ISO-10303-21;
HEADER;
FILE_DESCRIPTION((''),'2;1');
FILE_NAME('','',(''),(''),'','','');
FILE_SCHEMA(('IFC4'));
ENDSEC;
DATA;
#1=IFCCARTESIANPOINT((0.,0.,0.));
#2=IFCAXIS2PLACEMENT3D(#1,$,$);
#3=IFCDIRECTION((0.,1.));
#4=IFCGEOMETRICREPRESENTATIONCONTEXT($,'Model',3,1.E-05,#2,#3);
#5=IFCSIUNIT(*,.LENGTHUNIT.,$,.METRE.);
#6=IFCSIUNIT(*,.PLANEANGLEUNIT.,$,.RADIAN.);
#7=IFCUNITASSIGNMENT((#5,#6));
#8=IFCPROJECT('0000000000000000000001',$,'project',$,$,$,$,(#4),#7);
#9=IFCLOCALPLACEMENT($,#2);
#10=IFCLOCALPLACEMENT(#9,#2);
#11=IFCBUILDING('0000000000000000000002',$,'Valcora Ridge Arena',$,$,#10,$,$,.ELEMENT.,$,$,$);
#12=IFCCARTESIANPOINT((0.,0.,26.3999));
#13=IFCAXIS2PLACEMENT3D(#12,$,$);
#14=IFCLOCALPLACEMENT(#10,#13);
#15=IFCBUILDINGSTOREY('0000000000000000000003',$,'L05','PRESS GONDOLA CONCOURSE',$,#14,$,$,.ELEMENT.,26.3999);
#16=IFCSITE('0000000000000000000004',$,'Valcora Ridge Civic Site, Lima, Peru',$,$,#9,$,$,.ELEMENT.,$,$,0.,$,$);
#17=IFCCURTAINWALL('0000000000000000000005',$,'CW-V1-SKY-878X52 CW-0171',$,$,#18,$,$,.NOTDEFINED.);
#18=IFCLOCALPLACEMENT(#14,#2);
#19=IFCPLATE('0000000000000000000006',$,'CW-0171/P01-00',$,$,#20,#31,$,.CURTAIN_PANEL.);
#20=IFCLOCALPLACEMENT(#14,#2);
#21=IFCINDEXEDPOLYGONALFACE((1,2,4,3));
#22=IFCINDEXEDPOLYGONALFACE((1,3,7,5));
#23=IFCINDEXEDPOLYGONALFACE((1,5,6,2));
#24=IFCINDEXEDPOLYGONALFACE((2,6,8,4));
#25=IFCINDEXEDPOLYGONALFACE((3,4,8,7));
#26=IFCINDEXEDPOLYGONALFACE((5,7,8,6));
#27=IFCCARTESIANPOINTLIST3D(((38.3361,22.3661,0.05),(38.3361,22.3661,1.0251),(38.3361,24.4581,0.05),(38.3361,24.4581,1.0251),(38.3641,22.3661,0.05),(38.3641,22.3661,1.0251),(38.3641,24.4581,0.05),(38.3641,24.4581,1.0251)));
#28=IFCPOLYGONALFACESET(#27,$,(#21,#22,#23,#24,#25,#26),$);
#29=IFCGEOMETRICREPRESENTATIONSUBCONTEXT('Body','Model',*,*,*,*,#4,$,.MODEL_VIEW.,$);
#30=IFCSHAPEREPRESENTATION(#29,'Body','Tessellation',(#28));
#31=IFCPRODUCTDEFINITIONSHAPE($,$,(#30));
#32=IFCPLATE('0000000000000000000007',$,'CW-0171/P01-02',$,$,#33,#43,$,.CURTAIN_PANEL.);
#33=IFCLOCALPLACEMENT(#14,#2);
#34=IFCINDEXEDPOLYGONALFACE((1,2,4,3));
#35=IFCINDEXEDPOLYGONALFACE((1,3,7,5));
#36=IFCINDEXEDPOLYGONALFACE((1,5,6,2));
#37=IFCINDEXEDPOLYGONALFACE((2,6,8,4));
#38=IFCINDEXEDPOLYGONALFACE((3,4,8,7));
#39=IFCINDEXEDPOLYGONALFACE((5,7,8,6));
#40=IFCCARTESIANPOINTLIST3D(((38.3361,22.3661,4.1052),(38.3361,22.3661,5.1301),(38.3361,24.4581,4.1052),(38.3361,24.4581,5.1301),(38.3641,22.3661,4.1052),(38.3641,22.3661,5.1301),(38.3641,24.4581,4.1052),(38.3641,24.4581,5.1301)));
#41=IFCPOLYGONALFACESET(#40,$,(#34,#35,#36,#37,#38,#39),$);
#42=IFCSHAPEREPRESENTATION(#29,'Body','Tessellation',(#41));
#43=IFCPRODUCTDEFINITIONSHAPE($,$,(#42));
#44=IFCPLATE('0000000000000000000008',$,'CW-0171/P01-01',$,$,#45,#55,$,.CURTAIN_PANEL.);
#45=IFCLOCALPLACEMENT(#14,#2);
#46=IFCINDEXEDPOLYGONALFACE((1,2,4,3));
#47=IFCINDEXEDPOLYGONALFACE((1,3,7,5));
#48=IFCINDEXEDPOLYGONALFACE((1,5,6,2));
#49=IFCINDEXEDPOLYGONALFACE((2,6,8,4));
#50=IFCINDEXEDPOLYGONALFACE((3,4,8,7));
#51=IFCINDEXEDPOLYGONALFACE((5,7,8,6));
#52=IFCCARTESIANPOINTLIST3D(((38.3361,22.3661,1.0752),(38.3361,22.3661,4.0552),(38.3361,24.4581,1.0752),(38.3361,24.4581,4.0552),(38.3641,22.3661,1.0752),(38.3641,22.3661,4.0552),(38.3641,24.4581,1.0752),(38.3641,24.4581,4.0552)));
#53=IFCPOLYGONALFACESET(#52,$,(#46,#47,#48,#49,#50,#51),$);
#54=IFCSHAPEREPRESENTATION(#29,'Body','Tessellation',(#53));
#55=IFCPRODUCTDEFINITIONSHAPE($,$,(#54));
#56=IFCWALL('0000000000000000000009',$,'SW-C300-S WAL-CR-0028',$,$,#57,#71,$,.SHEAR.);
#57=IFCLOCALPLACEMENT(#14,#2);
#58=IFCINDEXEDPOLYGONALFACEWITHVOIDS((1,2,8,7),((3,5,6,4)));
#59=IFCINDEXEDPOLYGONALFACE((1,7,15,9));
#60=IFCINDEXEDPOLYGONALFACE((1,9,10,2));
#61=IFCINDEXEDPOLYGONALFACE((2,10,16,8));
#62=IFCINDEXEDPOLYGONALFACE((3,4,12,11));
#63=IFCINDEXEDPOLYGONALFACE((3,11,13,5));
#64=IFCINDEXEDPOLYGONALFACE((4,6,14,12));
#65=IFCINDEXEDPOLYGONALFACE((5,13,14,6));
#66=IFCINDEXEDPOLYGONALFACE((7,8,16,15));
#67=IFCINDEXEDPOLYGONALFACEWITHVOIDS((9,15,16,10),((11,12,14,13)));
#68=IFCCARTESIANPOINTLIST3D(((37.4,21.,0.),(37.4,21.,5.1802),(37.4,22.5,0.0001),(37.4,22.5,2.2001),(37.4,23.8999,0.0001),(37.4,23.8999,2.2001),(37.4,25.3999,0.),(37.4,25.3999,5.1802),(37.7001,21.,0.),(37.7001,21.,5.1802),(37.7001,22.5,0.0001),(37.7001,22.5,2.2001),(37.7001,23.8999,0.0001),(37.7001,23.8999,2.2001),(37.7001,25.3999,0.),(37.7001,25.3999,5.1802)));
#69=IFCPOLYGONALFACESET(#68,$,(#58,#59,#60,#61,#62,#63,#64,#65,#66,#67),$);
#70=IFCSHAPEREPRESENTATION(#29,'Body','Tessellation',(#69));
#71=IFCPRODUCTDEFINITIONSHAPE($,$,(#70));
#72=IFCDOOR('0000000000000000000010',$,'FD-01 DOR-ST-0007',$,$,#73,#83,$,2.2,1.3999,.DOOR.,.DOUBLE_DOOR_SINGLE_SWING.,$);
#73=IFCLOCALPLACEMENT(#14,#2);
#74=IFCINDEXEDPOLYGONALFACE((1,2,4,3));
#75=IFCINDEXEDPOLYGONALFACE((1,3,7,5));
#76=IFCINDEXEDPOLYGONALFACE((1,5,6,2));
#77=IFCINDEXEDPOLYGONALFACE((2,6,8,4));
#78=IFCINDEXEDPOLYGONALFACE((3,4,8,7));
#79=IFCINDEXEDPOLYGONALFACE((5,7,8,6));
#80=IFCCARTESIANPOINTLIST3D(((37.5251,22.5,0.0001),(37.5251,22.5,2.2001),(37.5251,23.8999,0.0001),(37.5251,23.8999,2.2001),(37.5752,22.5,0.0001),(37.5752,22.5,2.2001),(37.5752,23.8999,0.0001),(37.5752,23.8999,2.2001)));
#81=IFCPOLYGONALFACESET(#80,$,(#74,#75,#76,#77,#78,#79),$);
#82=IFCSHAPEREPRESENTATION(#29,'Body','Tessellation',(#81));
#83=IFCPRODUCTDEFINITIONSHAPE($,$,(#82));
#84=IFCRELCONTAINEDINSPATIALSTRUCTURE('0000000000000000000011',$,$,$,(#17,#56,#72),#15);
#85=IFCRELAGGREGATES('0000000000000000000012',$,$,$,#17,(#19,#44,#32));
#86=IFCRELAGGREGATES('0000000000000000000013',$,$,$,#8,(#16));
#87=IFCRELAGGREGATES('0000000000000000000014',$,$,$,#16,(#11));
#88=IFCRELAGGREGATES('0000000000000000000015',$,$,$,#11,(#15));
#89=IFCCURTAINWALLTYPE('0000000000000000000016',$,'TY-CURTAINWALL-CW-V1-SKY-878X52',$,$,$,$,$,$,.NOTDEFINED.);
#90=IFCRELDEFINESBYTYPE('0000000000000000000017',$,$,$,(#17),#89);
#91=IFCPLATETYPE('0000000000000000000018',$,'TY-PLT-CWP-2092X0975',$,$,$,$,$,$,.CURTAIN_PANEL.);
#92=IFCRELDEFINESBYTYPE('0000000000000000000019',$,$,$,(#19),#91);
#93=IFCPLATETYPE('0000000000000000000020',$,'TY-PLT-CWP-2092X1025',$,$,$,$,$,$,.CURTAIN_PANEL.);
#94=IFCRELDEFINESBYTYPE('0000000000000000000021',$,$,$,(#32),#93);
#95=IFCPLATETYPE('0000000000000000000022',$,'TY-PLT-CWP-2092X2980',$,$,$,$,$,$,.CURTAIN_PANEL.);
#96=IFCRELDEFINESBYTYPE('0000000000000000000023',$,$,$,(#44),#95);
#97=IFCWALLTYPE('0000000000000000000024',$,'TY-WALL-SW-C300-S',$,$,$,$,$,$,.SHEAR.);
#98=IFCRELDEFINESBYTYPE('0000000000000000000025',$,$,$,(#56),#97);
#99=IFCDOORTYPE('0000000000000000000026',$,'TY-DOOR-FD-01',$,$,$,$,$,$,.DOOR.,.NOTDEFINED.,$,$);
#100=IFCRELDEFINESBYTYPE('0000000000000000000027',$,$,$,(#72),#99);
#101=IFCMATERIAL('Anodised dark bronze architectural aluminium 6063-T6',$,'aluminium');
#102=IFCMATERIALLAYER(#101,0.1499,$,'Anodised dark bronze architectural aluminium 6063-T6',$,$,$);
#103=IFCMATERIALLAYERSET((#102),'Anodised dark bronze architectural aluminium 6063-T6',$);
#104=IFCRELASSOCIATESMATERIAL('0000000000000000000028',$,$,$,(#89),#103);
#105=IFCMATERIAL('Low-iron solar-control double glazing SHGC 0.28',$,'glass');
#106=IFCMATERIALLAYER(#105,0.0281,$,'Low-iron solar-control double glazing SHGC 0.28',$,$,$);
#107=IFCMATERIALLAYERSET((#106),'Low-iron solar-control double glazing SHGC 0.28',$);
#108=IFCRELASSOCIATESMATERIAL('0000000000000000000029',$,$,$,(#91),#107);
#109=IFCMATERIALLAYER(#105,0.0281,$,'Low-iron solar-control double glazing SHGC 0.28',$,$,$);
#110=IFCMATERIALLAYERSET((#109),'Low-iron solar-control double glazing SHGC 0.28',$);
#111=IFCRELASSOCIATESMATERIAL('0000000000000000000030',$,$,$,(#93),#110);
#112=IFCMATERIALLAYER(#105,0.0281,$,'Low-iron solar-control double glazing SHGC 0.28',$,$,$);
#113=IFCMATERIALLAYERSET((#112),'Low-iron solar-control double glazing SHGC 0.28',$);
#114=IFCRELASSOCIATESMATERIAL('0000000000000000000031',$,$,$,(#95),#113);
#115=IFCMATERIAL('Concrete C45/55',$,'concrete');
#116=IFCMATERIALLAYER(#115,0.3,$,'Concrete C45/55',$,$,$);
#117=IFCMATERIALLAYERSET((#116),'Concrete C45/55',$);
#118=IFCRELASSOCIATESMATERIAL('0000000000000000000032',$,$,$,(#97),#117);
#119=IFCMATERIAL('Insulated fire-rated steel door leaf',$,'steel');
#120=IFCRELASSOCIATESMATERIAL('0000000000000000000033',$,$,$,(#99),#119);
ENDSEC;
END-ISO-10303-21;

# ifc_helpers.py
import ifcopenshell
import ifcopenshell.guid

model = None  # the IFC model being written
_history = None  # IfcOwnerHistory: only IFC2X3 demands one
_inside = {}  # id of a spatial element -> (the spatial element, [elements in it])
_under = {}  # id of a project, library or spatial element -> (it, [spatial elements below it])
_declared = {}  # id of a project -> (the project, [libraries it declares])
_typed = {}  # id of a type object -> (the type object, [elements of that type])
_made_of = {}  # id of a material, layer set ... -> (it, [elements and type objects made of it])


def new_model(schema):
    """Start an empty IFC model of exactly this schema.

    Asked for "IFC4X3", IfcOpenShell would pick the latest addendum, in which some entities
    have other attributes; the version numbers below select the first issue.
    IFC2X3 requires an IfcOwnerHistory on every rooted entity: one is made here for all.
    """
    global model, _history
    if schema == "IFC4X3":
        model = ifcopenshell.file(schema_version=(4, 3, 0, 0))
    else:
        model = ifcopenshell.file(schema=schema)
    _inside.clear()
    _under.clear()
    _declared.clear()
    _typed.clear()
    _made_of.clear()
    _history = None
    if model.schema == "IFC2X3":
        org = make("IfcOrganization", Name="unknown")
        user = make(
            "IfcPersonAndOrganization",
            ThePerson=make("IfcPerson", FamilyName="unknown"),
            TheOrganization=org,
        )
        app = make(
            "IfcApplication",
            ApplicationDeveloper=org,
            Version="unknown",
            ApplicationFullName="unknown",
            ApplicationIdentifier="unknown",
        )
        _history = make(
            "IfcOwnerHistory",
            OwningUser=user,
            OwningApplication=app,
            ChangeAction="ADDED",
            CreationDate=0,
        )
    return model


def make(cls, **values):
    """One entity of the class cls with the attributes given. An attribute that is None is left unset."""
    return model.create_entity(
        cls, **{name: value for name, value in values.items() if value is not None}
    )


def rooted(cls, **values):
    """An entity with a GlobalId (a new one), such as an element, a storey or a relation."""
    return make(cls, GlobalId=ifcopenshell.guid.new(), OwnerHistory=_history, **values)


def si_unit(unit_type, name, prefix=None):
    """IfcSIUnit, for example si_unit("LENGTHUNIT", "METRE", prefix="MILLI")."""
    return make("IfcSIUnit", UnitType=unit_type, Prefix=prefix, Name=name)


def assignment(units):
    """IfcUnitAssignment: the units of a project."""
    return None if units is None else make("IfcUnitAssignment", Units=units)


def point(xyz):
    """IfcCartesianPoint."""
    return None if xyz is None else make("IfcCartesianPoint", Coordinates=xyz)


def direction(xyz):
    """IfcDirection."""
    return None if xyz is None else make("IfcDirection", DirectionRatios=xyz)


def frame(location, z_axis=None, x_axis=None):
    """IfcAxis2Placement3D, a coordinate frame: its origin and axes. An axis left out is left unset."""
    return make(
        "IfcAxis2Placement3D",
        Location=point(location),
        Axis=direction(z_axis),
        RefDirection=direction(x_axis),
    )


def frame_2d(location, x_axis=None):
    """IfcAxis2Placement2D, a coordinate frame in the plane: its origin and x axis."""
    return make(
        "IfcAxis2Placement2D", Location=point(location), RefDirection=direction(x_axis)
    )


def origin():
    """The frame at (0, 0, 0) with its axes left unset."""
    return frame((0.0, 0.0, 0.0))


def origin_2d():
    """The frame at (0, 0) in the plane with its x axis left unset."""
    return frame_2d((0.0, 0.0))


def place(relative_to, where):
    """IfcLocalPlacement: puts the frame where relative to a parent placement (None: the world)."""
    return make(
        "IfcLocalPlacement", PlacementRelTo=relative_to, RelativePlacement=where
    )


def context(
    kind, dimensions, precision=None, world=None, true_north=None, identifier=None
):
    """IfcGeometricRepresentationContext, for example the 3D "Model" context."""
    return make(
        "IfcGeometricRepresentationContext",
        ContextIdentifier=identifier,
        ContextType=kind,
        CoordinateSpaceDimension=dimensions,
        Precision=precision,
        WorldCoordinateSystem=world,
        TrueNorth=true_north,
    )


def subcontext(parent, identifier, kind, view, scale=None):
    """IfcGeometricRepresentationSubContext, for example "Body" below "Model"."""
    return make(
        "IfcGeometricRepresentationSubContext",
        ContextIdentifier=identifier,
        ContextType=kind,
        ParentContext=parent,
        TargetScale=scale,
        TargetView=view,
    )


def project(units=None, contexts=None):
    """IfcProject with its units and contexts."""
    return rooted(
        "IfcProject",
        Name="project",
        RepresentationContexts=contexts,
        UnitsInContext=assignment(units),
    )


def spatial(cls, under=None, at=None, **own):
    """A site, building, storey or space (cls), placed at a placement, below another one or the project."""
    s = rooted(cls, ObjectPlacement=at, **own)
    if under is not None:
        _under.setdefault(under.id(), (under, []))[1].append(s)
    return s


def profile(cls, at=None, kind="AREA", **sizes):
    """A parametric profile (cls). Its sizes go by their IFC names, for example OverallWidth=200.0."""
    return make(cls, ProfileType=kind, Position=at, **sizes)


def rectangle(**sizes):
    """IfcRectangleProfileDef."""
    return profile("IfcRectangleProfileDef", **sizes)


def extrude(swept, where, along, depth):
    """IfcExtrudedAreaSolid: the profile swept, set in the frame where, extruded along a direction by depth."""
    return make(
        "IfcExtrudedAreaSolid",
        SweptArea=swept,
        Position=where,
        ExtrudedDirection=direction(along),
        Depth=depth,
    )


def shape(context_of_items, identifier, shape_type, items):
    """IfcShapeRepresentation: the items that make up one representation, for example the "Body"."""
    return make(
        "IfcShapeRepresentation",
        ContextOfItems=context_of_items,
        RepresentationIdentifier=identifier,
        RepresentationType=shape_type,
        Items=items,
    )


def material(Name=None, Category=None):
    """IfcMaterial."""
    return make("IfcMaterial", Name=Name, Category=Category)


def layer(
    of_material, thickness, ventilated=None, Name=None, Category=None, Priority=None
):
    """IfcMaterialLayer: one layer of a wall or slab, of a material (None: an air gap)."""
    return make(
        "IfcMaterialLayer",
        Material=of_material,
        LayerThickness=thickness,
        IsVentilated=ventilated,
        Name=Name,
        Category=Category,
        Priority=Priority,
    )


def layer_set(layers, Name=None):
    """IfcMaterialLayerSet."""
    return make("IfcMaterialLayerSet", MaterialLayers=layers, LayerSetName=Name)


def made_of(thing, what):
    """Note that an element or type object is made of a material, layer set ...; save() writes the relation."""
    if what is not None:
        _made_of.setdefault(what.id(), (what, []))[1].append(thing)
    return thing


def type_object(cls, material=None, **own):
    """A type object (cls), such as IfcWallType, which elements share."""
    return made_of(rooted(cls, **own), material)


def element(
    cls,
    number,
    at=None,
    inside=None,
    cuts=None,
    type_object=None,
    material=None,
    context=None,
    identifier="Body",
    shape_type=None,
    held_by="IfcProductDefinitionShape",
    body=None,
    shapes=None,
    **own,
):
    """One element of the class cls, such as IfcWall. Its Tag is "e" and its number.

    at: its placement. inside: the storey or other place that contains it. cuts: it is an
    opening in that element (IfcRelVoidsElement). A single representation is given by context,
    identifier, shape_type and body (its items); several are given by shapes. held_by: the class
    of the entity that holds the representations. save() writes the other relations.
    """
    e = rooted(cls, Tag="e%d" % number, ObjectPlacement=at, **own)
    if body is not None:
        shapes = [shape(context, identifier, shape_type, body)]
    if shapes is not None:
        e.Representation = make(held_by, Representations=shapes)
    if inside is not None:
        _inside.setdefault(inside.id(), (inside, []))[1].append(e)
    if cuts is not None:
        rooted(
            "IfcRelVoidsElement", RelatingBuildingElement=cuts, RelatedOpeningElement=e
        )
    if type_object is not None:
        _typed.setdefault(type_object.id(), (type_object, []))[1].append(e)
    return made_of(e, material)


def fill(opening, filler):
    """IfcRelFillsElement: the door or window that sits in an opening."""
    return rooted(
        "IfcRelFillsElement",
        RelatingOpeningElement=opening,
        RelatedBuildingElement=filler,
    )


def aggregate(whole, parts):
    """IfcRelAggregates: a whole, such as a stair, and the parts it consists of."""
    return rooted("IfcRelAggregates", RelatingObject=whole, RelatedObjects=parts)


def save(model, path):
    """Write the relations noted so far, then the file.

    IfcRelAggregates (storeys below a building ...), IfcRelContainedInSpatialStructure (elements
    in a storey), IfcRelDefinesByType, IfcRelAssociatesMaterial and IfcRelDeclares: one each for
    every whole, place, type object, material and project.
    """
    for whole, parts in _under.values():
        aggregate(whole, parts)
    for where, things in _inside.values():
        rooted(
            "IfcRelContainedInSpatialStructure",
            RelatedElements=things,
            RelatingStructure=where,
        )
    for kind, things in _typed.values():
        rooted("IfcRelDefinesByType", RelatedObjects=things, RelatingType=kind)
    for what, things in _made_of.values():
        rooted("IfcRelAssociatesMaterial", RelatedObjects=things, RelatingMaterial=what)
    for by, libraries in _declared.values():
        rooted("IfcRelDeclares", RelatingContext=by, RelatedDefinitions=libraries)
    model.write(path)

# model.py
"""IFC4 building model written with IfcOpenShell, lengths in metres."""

from ifc_helpers import new_model, si_unit, direction, frame, frame_2d, origin, origin_2d, place, context, subcontext, project, spatial, rectangle, extrude, material, layer, layer_set, type_object, element, fill, aggregate, save


model = new_model("IFC4")

# Units and contexts
model_context = context("Model", 3, precision=1e-05, world=origin(), true_north=direction((0.0, 1.0)))
body_context = subcontext(model_context, "Body", "Model", "MODEL_VIEW")
ifc_project = project(units=[si_unit("LENGTHUNIT", "METRE"), si_unit("PLANEANGLEUNIT", "RADIAN")], contexts=[model_context])

# Site, building, storey
site_placement = place(None, origin())
site = spatial("IfcSite", under=ifc_project, at=site_placement, Name="Valcora Ridge Civic Site, Lima, Peru", CompositionType="ELEMENT", RefElevation=0.0)
building_placement = place(site_placement, origin())
building = spatial("IfcBuilding", under=site, at=building_placement, Name="Valcora Ridge Arena", CompositionType="ELEMENT")
storey_placement = place(building_placement, frame((0.0, 0.0, 26.3999)))
storey = spatial("IfcBuildingStorey", under=building, at=storey_placement, Name="L05", Description="PRESS GONDOLA CONCOURSE", CompositionType="ELEMENT", Elevation=26.3999)

# Curtain wall
ifc_material_1 = material(Name="Anodised dark bronze architectural aluminium 6063-T6", Category="aluminium")
ifc_layer_1 = layer(ifc_material_1, 0.1499, Name="Anodised dark bronze architectural aluminium 6063-T6")
ifc_layer_set_1 = layer_set([ifc_layer_1], Name="Anodised dark bronze architectural aluminium 6063-T6")
curtain_wall_type = type_object("IfcCurtainWallType", Name="TY-CURTAINWALL-CW-V1-SKY-878X52", PredefinedType="NOTDEFINED", material=ifc_layer_set_1)
curtain_wall_placement = place(storey_placement, origin())
curtain_wall = element("IfcCurtainWall", 1, at=curtain_wall_placement, inside=storey, type_object=curtain_wall_type, Name="CW-V1-SKY-878X52 CW-0171", PredefinedType="NOTDEFINED")

# Plates
ifc_material_2 = material(Name="Low-iron solar-control double glazing SHGC 0.28", Category="glass")
ifc_layer_2 = layer(ifc_material_2, 0.0281, Name="Low-iron solar-control double glazing SHGC 0.28")
ifc_layer_set_2 = layer_set([ifc_layer_2], Name="Low-iron solar-control double glazing SHGC 0.28")
plate_type_1 = type_object("IfcPlateType", Name="TY-PLT-CWP-2092X0975", PredefinedType="CURTAIN_PANEL", material=ifc_layer_set_2)
plate_1_placement = place(storey_placement, frame((38.3501, 23.4121, 0.05), z_axis=(0.0, 0.0, 1.0), x_axis=(0.0, 1.0, 0.0)))
plate_1 = element("IfcPlate", 2, at=plate_1_placement, type_object=plate_type_1, Name="CW-0171/P01-00", PredefinedType="CURTAIN_PANEL", context=body_context, shape_type="SweptSolid", body=[
    extrude(rectangle(XDim=2.092, YDim=0.0281, at=origin_2d()), origin(), (0.0, 0.0, 1.0), 0.9751),
])
ifc_layer_3 = layer(ifc_material_2, 0.0281, Name="Low-iron solar-control double glazing SHGC 0.28")
ifc_layer_set_3 = layer_set([ifc_layer_3], Name="Low-iron solar-control double glazing SHGC 0.28")
plate_type_2 = type_object("IfcPlateType", Name="TY-PLT-CWP-2092X1025", PredefinedType="CURTAIN_PANEL", material=ifc_layer_set_3)
plate_2_placement = place(storey_placement, frame((38.3501, 23.4121, 4.1052), z_axis=(0.0, 0.0, 1.0), x_axis=(0.0, 1.0, 0.0)))
plate_2 = element("IfcPlate", 3, at=plate_2_placement, type_object=plate_type_2, Name="CW-0171/P01-02", PredefinedType="CURTAIN_PANEL", context=body_context, shape_type="SweptSolid", body=[
    extrude(rectangle(XDim=2.092, YDim=0.0281, at=origin_2d()), origin(), (0.0, 0.0, 1.0), 1.0249),
])
ifc_layer_4 = layer(ifc_material_2, 0.0281, Name="Low-iron solar-control double glazing SHGC 0.28")
ifc_layer_set_4 = layer_set([ifc_layer_4], Name="Low-iron solar-control double glazing SHGC 0.28")
plate_type_3 = type_object("IfcPlateType", Name="TY-PLT-CWP-2092X2980", PredefinedType="CURTAIN_PANEL", material=ifc_layer_set_4)
plate_3_placement = place(storey_placement, frame((38.3501, 23.4121, 1.0752), z_axis=(0.0, 0.0, 1.0), x_axis=(0.0, 1.0, 0.0)))
plate_3 = element("IfcPlate", 4, at=plate_3_placement, type_object=plate_type_3, Name="CW-0171/P01-01", PredefinedType="CURTAIN_PANEL", context=body_context, shape_type="SweptSolid", body=[
    extrude(rectangle(XDim=2.092, YDim=0.0281, at=origin_2d()), origin(), (0.0, 0.0, 1.0), 2.98),
])
aggregate(curtain_wall, [plate_1, plate_3, plate_2])

# Wall, opening, door
ifc_material_3 = material(Name="Concrete C45/55", Category="concrete")
ifc_layer_5 = layer(ifc_material_3, 0.3, Name="Concrete C45/55")
ifc_layer_set_5 = layer_set([ifc_layer_5], Name="Concrete C45/55")
wall_type = type_object("IfcWallType", Name="TY-WALL-SW-C300-S", PredefinedType="SHEAR", material=ifc_layer_set_5)
wall_placement = place(storey_placement, frame((37.55, 21.0, 0.0), z_axis=(0.0, 0.0, 1.0), x_axis=(0.0, 1.0, 0.0)))
wall = element("IfcWall", 5, at=wall_placement, inside=storey, type_object=wall_type, Name="SW-C300-S WAL-CR-0028", PredefinedType="SHEAR", context=body_context, shape_type="SweptSolid", body=[
    extrude(rectangle(XDim=4.3999, YDim=0.3, at=frame_2d((2.2, 0.0))), origin(), (0.0, 0.0, 1.0), 5.1802),
])
opening_placement = place(wall_placement, frame((1.5, 0.0, 0.0)))
opening = element("IfcOpeningElement", 6, at=opening_placement, cuts=wall, PredefinedType="OPENING", context=body_context, shape_type="SweptSolid", body=[
    extrude(rectangle(XDim=1.3999, YDim=2.2, at=frame_2d((0.7, 1.1001))), frame((0.0, 0.1599, 0.0), z_axis=(0.0, -1.0, 0.0), x_axis=(1.0, 0.0, 0.0)), (0.0, 0.0, 1.0), 0.3201),
])
ifc_material_4 = material(Name="Insulated fire-rated steel door leaf", Category="steel")
door_type = type_object("IfcDoorType", Name="TY-DOOR-FD-01", OperationType="NOTDEFINED", PredefinedType="DOOR", material=ifc_material_4)
door_placement = place(opening_placement, origin())
door = element("IfcDoor", 7, at=door_placement, inside=storey, type_object=door_type, Name="FD-01 DOR-ST-0007", OperationType="DOUBLE_DOOR_SINGLE_SWING", OverallHeight=2.2, OverallWidth=1.3999, PredefinedType="DOOR", context=body_context, shape_type="SweptSolid", body=[
    extrude(rectangle(XDim=1.3999, YDim=2.2, at=frame_2d((0.7, 1.1001))), frame((0.0, 0.0249, 0.0), z_axis=(0.0, -1.0, 0.0), x_axis=(1.0, 0.0, 0.0)), (0.0, 0.0, 1.0), 0.05),
])
fill(opening, door)

save(model, "model.ifc")
